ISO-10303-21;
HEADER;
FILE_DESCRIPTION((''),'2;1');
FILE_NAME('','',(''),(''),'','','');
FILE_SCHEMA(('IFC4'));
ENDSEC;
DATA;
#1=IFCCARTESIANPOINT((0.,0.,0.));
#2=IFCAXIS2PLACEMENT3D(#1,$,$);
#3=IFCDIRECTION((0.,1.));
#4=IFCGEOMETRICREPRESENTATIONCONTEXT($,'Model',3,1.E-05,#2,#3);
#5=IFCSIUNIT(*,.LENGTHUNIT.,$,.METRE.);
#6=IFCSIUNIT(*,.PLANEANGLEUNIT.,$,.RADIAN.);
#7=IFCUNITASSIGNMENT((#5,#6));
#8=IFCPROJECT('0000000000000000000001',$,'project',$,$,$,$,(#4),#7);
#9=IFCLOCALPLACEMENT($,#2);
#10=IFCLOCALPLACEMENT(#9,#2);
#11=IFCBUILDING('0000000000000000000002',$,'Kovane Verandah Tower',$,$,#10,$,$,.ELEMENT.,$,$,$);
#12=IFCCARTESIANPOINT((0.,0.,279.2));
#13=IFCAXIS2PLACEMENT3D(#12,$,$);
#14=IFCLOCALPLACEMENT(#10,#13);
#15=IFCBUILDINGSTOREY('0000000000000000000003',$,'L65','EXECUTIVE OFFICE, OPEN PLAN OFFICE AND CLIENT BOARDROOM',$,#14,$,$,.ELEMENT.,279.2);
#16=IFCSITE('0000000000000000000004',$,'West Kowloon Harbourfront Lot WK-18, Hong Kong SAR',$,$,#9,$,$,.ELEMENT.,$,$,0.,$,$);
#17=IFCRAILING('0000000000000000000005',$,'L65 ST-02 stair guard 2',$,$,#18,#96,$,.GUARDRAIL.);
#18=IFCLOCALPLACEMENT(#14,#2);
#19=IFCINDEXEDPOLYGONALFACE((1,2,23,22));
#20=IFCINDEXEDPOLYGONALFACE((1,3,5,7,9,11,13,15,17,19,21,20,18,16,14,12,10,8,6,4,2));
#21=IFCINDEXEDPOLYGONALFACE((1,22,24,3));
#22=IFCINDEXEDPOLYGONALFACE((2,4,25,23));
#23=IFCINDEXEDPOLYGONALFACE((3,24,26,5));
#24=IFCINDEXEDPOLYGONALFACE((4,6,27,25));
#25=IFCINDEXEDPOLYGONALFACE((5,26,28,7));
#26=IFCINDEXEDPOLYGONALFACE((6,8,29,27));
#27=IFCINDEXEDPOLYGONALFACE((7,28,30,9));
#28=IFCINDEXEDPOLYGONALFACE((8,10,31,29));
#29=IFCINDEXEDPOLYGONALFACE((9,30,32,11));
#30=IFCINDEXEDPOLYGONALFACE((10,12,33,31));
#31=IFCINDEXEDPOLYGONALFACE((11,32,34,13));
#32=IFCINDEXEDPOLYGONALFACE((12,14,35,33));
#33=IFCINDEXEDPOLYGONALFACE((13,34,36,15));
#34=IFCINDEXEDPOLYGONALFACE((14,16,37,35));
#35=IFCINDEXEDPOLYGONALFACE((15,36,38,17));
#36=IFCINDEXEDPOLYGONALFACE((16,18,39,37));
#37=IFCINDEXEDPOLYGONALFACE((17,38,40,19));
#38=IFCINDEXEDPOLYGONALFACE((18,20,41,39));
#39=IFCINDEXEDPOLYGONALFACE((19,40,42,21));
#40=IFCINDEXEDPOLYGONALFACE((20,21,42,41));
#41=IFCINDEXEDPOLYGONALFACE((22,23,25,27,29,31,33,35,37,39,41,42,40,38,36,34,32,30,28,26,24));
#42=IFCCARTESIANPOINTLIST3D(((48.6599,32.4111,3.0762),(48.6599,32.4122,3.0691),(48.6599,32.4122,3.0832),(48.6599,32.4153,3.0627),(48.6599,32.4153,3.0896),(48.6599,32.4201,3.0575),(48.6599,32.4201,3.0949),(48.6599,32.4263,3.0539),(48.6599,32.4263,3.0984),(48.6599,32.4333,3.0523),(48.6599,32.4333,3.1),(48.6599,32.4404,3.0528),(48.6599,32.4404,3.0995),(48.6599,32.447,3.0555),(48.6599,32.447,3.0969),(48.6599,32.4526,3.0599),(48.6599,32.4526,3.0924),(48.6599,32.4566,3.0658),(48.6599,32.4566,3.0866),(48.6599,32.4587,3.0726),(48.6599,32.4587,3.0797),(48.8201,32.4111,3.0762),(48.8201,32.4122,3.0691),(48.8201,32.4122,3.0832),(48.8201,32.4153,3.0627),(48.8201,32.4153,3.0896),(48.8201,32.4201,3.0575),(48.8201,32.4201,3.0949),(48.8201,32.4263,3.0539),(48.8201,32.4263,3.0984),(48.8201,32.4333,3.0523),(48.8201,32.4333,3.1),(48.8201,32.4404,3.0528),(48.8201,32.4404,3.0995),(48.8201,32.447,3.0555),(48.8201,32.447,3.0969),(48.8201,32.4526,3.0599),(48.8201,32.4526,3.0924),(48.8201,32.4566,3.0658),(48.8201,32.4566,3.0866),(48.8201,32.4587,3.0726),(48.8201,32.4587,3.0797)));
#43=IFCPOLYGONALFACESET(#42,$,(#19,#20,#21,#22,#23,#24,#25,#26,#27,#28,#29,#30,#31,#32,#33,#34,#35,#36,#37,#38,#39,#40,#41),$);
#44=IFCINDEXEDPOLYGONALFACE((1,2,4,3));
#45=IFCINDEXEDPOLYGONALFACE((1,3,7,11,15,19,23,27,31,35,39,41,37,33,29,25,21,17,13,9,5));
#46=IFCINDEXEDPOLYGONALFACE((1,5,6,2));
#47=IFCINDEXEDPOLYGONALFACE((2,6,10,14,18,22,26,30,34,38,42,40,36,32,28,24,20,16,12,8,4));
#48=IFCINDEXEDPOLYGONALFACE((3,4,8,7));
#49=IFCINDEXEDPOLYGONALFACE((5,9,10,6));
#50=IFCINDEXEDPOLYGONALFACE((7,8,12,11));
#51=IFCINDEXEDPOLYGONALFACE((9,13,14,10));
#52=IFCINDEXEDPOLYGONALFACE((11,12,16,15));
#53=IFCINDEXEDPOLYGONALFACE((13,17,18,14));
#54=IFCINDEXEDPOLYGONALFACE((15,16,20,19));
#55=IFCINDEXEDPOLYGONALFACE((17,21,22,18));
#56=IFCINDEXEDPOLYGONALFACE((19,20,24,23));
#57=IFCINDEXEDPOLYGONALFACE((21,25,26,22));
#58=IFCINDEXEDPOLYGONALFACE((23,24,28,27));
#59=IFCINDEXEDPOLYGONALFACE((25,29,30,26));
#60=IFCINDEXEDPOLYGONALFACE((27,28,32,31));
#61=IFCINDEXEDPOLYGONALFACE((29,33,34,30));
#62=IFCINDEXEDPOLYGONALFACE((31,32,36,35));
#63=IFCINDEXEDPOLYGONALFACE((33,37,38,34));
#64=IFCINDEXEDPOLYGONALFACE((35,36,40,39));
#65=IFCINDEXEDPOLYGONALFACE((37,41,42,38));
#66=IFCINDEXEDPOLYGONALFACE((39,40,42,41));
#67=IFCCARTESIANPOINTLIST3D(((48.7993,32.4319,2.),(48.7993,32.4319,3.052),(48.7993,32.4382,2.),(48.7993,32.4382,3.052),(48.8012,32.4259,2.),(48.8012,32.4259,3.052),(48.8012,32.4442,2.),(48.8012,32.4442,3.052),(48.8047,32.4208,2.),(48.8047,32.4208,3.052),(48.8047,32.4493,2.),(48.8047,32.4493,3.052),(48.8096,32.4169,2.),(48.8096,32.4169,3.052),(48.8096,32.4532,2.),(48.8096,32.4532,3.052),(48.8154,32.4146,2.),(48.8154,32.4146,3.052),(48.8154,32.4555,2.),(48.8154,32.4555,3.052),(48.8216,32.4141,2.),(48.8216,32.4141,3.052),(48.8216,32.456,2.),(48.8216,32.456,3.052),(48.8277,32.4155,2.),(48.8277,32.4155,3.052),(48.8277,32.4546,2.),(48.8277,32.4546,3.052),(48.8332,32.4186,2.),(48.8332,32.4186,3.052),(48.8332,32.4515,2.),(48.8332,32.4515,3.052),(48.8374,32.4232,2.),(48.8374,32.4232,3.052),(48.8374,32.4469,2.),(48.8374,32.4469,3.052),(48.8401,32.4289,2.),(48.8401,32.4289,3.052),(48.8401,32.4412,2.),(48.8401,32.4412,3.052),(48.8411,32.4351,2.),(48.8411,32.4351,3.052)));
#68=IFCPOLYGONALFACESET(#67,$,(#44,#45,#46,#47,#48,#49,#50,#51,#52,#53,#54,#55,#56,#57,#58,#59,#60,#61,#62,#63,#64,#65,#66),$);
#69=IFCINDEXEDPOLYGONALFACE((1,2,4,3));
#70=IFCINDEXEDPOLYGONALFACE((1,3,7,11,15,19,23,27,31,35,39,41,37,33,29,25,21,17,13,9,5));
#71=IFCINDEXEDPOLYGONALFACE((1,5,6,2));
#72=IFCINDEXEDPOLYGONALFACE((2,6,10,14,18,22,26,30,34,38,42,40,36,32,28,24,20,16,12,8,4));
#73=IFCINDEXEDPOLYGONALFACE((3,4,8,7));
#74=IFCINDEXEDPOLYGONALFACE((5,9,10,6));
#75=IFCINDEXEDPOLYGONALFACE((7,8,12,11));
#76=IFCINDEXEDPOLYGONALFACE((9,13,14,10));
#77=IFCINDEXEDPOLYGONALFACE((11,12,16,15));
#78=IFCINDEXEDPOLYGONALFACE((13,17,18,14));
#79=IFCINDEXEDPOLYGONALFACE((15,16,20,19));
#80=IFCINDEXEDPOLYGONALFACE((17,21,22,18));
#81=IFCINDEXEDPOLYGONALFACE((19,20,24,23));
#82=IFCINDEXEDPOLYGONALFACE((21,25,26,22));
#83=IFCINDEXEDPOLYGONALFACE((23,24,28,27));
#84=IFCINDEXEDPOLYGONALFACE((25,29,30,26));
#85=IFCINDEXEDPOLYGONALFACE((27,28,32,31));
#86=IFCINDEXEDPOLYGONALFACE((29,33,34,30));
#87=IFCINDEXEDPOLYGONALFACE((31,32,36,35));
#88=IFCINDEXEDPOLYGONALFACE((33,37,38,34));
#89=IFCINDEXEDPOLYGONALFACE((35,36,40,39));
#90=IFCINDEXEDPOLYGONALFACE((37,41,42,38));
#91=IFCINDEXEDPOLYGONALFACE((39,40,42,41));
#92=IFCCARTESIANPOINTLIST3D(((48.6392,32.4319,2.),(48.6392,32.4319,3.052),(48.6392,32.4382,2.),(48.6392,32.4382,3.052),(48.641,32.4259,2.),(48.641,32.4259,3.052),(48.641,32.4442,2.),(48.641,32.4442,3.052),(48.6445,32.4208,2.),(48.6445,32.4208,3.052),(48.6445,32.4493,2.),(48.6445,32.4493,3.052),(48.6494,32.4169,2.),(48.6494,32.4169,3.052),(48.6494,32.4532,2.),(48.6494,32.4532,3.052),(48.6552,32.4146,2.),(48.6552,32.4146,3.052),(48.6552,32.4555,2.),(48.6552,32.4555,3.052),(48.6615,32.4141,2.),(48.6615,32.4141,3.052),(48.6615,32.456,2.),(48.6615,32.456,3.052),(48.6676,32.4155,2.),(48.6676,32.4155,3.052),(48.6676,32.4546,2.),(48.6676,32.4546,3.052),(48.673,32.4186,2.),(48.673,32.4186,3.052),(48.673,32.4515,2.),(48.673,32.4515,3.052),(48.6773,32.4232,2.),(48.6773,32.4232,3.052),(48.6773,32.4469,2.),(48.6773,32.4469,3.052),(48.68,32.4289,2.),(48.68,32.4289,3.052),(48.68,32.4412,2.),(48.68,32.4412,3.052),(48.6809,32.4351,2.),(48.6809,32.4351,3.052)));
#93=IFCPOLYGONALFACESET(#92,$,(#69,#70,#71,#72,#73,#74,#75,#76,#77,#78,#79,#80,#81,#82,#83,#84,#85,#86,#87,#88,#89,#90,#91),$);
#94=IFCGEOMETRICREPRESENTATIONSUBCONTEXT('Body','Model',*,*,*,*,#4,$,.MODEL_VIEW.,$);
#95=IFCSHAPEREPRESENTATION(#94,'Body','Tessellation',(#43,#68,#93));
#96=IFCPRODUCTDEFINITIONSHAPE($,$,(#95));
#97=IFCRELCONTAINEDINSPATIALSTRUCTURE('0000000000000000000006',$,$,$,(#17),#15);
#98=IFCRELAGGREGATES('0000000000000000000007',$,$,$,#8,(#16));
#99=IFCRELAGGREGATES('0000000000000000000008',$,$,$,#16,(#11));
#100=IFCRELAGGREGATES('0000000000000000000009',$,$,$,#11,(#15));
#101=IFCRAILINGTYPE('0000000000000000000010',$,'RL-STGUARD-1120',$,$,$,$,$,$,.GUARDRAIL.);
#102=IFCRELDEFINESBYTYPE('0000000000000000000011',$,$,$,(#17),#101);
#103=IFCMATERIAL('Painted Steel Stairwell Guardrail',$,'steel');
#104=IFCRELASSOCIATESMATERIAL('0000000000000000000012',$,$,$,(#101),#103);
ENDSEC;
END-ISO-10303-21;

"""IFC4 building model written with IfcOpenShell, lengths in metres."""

from ifc_helpers import new_model, si_unit, direction, frame, origin, origin_2d, place, context, subcontext, project, spatial, circle, extrude, material, type_object, element, save


model = new_model("IFC4")

# Units and contexts
model_context = context("Model", 3, precision=1e-05, world=origin(), true_north=direction((0.0, 1.0)))
body_context = subcontext(model_context, "Body", "Model", "MODEL_VIEW")
ifc_project = project(units=[si_unit("LENGTHUNIT", "METRE"), si_unit("PLANEANGLEUNIT", "RADIAN")], contexts=[model_context])

# Site, building, storey
site_placement = place(None, origin())
site = spatial("IfcSite", under=ifc_project, at=site_placement, Name="West Kowloon Harbourfront Lot WK-18, Hong Kong SAR", CompositionType="ELEMENT", RefElevation=0.0)
building_placement = place(site_placement, origin())
building = spatial("IfcBuilding", under=site, at=building_placement, Name="Kovane Verandah Tower", CompositionType="ELEMENT")
storey_placement = place(building_placement, frame((0.0, 0.0, 279.2)))
storey = spatial("IfcBuildingStorey", under=building, at=storey_placement, Name="L65", Description="EXECUTIVE OFFICE, OPEN PLAN OFFICE AND CLIENT BOARDROOM", CompositionType="ELEMENT", Elevation=279.2)

# Railing
ifc_material_1 = material(Name="Painted Steel Stairwell Guardrail", Category="steel")
railing_type_1 = type_object("IfcRailingType", Name="RL-STGUARD-1120", PredefinedType="GUARDRAIL", material=ifc_material_1)
railing_1_placement = place(storey_placement, frame((48.8201, 32.4351, 2.0)))
element("IfcRailing", 1, at=railing_1_placement, inside=storey, type_object=railing_type_1, Name="L65 ST-02 stair guard 2", PredefinedType="GUARDRAIL", context=body_context, shape_type="SweptSolid", body=[
    extrude(circle(Radius=0.0239, at=origin_2d()), frame((0.0, 0.0, 1.0762), z_axis=(-1.0, 0.0, 0.0), x_axis=(0.0, -1.0, 0.0)), (0.0, 0.0, 1.0), 0.1602),
    extrude(circle(Radius=0.021, at=origin_2d()), origin(), (0.0, 0.0, 1.0), 1.052),
    extrude(circle(Radius=0.021, at=origin_2d()), frame((-0.1602, 0.0, 0.0)), (0.0, 0.0, 1.0), 1.052),
])

save(model, "model.ifc")
